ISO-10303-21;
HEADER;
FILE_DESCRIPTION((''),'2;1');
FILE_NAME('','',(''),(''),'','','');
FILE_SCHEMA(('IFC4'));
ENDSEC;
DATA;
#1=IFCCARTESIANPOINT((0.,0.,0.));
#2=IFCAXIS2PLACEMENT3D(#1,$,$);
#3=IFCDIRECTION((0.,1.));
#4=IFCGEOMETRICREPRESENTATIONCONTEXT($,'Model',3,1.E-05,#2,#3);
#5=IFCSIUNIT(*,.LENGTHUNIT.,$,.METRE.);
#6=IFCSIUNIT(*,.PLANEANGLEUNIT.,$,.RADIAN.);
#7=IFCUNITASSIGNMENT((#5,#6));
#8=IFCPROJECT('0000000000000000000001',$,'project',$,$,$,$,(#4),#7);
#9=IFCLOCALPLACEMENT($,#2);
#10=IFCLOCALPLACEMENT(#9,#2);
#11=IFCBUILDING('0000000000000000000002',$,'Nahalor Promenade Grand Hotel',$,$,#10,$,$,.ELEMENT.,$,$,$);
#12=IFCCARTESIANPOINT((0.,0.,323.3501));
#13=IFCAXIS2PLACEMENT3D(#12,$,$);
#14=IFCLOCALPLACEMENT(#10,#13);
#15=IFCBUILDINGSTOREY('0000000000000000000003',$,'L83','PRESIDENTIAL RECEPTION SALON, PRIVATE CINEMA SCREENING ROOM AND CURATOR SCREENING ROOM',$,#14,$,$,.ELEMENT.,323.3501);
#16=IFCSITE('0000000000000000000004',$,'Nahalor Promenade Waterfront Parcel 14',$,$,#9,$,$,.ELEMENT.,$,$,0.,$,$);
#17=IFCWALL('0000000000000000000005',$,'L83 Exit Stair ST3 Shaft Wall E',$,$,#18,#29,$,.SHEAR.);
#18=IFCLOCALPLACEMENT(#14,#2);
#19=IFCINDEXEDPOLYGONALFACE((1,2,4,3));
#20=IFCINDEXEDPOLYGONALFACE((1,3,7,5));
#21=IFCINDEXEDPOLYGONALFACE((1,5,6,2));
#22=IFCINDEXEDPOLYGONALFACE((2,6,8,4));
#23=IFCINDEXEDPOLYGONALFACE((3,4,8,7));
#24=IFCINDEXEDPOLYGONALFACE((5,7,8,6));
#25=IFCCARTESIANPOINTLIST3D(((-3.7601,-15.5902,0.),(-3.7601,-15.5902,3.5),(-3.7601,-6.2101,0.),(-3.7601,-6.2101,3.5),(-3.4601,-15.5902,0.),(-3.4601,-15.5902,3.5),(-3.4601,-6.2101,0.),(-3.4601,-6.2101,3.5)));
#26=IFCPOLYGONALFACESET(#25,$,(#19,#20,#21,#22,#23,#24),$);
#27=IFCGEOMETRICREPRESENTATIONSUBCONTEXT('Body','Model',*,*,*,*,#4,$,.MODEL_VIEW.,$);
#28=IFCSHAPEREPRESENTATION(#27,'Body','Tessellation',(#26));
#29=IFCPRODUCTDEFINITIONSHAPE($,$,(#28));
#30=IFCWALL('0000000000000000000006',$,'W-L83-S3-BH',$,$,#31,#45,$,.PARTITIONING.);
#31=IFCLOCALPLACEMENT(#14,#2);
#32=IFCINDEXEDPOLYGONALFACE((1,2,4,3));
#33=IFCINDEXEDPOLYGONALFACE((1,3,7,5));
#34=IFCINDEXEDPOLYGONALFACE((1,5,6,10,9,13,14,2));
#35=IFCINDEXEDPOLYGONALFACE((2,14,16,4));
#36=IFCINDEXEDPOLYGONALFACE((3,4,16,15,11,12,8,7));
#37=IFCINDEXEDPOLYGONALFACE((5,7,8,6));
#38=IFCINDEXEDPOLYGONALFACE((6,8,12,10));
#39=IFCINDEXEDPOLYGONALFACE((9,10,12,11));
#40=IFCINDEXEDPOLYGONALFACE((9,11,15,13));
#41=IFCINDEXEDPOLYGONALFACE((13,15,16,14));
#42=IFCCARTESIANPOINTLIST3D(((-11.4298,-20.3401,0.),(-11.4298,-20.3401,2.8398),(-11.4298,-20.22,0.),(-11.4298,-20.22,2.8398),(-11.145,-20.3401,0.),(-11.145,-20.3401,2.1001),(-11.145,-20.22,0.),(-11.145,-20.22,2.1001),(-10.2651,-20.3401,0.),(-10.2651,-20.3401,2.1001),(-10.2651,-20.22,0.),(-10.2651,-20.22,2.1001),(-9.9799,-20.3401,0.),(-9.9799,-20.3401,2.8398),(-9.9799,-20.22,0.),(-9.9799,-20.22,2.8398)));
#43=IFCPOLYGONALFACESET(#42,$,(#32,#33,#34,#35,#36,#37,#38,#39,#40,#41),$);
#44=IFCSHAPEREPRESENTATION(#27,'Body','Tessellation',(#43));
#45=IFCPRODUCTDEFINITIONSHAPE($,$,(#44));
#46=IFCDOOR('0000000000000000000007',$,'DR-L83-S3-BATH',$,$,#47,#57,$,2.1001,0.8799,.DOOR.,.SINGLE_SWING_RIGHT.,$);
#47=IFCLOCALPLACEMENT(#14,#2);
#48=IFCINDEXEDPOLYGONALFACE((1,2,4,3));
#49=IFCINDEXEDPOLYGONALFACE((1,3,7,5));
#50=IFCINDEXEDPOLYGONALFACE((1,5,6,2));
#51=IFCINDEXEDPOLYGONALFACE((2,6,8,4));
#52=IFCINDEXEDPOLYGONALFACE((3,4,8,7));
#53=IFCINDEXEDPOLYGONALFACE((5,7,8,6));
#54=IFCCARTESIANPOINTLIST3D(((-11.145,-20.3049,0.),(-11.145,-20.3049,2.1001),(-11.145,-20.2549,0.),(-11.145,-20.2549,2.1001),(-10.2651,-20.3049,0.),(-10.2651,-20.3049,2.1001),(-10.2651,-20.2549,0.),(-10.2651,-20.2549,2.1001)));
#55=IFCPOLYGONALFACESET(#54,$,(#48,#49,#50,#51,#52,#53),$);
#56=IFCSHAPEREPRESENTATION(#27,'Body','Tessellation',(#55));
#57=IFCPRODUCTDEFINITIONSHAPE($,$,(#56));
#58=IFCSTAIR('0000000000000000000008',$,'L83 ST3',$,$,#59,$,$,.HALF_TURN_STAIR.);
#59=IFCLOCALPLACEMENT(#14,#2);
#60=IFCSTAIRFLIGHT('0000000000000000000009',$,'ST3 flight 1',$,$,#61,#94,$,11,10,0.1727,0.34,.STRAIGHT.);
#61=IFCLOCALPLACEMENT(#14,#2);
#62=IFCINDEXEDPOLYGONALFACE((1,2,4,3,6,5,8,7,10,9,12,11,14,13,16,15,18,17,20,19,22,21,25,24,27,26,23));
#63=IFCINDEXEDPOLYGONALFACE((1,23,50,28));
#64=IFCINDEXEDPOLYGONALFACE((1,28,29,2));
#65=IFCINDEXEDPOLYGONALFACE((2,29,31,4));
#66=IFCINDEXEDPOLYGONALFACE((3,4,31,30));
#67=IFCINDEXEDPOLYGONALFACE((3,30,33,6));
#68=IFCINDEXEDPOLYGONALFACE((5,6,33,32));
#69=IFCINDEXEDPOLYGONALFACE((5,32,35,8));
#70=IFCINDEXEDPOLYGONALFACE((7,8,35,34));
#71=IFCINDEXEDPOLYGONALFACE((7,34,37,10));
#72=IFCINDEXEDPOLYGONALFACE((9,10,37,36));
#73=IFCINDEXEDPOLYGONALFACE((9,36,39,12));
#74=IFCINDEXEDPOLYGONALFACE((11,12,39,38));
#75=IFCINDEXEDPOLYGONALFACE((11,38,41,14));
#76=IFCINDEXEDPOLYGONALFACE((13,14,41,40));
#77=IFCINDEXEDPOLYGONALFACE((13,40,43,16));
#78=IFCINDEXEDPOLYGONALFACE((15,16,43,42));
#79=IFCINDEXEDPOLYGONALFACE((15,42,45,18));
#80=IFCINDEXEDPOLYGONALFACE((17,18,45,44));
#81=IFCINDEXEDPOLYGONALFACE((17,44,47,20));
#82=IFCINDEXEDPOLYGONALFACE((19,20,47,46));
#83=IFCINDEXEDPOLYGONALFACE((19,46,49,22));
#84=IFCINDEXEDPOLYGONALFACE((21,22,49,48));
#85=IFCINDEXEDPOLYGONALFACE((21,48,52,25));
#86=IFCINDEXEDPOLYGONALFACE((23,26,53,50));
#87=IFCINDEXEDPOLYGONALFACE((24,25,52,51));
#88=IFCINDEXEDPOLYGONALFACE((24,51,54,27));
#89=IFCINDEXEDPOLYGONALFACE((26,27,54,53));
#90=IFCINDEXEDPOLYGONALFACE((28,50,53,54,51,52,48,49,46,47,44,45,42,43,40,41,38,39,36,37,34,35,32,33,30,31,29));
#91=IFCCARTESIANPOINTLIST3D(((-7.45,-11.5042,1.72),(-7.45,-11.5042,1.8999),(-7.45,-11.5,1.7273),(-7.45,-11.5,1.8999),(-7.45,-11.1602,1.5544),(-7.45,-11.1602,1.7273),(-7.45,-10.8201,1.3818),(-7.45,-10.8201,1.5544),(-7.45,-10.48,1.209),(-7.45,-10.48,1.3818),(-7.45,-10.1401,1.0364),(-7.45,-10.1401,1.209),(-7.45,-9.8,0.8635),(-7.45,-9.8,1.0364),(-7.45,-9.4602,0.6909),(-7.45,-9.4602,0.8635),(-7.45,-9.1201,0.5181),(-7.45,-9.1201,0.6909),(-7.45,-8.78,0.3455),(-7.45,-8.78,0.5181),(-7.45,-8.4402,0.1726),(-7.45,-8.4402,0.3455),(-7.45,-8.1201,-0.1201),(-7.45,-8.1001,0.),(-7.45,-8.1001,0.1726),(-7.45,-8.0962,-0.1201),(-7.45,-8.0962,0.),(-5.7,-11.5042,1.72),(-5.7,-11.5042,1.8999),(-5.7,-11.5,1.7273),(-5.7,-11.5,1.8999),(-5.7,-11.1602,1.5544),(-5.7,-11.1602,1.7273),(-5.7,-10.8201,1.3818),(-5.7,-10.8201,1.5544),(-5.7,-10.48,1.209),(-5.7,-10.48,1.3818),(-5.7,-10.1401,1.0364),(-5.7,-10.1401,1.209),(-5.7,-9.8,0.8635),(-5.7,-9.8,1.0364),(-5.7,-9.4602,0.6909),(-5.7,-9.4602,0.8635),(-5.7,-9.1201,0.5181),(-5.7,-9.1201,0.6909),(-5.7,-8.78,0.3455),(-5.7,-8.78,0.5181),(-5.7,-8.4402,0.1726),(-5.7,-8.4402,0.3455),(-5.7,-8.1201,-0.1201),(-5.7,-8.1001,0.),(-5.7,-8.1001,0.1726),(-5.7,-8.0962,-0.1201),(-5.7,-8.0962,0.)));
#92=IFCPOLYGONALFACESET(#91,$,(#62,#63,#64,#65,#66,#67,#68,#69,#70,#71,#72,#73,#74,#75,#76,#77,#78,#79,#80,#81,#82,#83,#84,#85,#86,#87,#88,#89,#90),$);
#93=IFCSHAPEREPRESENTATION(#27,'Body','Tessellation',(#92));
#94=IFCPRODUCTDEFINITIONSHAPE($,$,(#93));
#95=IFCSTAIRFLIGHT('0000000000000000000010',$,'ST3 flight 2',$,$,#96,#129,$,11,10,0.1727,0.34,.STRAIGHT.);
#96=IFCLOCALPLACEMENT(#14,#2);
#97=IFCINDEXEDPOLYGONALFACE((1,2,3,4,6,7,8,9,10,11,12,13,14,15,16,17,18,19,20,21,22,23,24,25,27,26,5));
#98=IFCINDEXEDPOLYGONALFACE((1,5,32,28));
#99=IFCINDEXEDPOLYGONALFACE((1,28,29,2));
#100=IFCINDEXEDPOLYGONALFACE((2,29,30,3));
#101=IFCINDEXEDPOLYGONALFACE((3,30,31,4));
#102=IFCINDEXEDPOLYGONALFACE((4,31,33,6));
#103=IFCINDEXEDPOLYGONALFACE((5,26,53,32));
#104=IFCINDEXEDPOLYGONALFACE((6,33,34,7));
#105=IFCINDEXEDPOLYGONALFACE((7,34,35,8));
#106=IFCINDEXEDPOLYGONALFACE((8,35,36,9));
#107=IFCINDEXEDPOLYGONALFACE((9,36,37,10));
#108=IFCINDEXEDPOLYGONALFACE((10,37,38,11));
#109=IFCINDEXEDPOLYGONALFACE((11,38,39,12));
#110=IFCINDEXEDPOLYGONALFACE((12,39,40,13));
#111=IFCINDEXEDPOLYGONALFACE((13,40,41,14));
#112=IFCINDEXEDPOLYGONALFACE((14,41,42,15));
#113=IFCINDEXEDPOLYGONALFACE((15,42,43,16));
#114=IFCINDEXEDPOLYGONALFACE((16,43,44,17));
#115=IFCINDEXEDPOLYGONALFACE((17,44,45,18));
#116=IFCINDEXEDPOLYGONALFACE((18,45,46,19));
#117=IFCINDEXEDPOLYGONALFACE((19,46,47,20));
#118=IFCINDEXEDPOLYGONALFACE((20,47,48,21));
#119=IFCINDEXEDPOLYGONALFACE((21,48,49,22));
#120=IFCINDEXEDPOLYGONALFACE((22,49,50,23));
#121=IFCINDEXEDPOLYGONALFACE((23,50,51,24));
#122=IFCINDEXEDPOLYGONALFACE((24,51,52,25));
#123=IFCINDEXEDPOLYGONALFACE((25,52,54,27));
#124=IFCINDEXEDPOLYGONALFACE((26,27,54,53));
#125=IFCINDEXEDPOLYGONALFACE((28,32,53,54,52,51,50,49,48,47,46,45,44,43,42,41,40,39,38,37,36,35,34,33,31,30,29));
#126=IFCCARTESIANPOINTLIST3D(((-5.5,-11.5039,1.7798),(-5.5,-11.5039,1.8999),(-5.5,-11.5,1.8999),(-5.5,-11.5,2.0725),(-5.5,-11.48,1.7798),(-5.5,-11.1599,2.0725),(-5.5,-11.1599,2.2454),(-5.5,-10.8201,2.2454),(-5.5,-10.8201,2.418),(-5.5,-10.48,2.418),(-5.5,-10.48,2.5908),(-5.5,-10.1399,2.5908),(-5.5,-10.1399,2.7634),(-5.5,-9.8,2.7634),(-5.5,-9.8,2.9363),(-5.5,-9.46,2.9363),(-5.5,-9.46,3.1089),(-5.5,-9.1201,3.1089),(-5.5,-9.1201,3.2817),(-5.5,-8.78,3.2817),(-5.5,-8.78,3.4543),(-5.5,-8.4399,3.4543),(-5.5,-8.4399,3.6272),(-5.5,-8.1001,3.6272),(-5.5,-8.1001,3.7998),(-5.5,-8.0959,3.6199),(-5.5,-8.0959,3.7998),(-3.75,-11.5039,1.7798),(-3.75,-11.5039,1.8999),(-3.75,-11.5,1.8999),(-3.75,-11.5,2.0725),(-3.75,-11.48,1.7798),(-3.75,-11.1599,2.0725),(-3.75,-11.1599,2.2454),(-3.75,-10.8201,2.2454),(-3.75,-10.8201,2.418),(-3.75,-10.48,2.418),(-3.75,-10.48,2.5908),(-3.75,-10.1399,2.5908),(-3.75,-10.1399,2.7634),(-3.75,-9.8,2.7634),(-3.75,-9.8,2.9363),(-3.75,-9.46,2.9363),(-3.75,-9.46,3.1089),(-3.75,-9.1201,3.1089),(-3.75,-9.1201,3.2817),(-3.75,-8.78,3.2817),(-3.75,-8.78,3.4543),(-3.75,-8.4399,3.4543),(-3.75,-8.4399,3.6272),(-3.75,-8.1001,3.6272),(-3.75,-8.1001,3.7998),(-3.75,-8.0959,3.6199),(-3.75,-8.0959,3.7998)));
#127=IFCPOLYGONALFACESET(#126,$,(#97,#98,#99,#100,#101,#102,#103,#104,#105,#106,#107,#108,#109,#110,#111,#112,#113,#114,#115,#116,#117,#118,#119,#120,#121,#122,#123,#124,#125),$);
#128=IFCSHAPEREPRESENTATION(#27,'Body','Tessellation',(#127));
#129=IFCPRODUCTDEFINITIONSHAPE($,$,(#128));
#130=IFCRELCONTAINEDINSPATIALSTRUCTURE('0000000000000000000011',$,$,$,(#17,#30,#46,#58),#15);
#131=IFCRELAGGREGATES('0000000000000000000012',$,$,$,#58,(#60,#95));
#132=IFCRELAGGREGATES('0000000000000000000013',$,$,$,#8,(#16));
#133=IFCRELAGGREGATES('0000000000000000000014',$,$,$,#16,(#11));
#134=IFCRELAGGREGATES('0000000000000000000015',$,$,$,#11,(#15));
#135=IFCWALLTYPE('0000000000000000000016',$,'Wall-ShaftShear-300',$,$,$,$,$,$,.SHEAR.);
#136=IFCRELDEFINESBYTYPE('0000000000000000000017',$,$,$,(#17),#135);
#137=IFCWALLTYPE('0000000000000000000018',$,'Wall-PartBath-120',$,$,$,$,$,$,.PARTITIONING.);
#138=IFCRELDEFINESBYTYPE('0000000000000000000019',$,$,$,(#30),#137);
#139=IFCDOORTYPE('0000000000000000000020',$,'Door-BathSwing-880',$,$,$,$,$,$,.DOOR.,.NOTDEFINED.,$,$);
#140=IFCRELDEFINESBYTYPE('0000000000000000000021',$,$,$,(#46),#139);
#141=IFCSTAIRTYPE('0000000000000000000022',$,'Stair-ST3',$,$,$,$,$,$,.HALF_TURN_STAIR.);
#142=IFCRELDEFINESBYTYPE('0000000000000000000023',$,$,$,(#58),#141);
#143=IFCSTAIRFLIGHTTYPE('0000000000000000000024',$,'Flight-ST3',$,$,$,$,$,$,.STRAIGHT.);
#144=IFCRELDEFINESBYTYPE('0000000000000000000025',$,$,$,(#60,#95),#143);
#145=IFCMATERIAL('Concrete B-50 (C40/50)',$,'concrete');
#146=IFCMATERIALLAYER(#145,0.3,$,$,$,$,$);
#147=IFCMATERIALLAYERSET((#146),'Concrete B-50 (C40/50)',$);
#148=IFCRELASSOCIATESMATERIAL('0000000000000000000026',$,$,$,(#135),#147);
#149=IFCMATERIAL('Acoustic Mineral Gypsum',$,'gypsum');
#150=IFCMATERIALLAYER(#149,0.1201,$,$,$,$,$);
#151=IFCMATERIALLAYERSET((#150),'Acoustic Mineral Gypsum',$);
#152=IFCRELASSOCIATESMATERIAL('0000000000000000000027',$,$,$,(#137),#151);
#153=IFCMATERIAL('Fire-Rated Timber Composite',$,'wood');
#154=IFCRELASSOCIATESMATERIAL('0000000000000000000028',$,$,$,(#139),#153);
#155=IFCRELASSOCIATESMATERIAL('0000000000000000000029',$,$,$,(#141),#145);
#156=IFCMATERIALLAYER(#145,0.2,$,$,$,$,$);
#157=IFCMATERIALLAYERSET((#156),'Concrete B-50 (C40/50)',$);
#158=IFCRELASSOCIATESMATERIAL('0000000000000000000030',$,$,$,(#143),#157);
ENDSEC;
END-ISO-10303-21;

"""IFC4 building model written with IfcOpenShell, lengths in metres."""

from ifc_helpers import new_model, si_unit, direction, frame, frame_2d, origin, place, context, subcontext, project, spatial, polyline, rectangle, outline, extrude, source, transform, mapped, material, layer, layer_set, type_object, element, fill, aggregate, save


model = new_model("IFC4")

# Units and contexts
model_context = context("Model", 3, precision=1e-05, world=origin(), true_north=direction((0.0, 1.0)))
body_context = subcontext(model_context, "Body", "Model", "MODEL_VIEW")
ifc_project = project(units=[si_unit("LENGTHUNIT", "METRE"), si_unit("PLANEANGLEUNIT", "RADIAN")], contexts=[model_context])

# Site, building, storey
site_placement = place(None, origin())
site = spatial("IfcSite", under=ifc_project, at=site_placement, Name="Nahalor Promenade Waterfront Parcel 14", CompositionType="ELEMENT", RefElevation=0.0)
building_placement = place(site_placement, origin())
building = spatial("IfcBuilding", under=site, at=building_placement, Name="Nahalor Promenade Grand Hotel", CompositionType="ELEMENT")
storey_placement = place(building_placement, frame((0.0, 0.0, 323.3501)))
storey = spatial("IfcBuildingStorey", under=building, at=storey_placement, Name="L83", Description="PRESIDENTIAL RECEPTION SALON, PRIVATE CINEMA SCREENING ROOM AND CURATOR SCREENING ROOM", CompositionType="ELEMENT", Elevation=323.3501)

# Shared definitions
ifc_material_1 = material(Name="Concrete B-50 (C40/50)", Category="concrete")

# Shared definitions
ifc_layer_1 = layer(ifc_material_1, 0.3)
ifc_layer_set_1 = layer_set([ifc_layer_1], Name="Concrete B-50 (C40/50)")
wall_type_1 = type_object("IfcWallType", Name="Wall-ShaftShear-300", PredefinedType="SHEAR", material=ifc_layer_set_1)

# Wall
shared_shape_1 = source(origin(), body_context, "Body", "SweptSolid", [
    extrude(rectangle(XDim=9.3801, YDim=0.3, at=frame_2d((4.6899, 0.0))), origin(), (0.0, 0.0, 1.0), 3.5),
])
for number, where, z_axis, x_axis, name in (
    (1, (-3.6101, -15.5901, 0.0), (0.0, 0.0, 1.0), (0.0, 1.0, 0.0), "L83 Exit Stair ST3 Shaft Wall E"),
):
    element("IfcWall", number, at=place(storey_placement, frame(where, z_axis=z_axis, x_axis=x_axis)), inside=storey, type_object=wall_type_1, Name=name, PredefinedType="SHEAR", context=body_context, shape_type="MappedRepresentation", body=[
        mapped(shared_shape_1, transform((0.0, 0.0, 0.0), scale=1.0)),
    ])

# Wall, opening, door
ifc_material_2 = material(Name="Acoustic Mineral Gypsum", Category="gypsum")
ifc_layer_2 = layer(ifc_material_2, 0.1201)
ifc_layer_set_2 = layer_set([ifc_layer_2], Name="Acoustic Mineral Gypsum")
wall_type_2 = type_object("IfcWallType", Name="Wall-PartBath-120", PredefinedType="PARTITIONING", material=ifc_layer_set_2)
shared_shape_2 = source(origin(), body_context, "Body", "SweptSolid", [
    extrude(rectangle(XDim=1.45, YDim=0.1201, at=frame_2d((0.7251, 0.0))), origin(), (0.0, 0.0, 1.0), 2.8398),
])
wall_1_placement = place(storey_placement, frame((-11.4299, -20.28, 0.0), z_axis=(0.0, 0.0, 1.0), x_axis=(1.0, 0.0, 0.0)))
wall_1 = element("IfcWall", 2, at=wall_1_placement, inside=storey, type_object=wall_type_2, Name="W-L83-S3-BH", PredefinedType="PARTITIONING", context=body_context, shape_type="MappedRepresentation", body=[
    mapped(shared_shape_2, transform((0.0, 0.0, 0.0), scale=1.0)),
])
opening_1_placement = place(wall_1_placement, frame((0.2849, 0.0, 0.0)))
opening_1 = element("IfcOpeningElement", 3, at=opening_1_placement, cuts=wall_1, PredefinedType="OPENING", context=body_context, shape_type="SweptSolid", body=[
    extrude(rectangle(XDim=0.8799, YDim=2.1001, at=frame_2d((0.4399, 1.05))), frame((0.0, 0.0701, 0.0), z_axis=(0.0, -1.0, 0.0), x_axis=(1.0, 0.0, 0.0)), (0.0, 0.0, 1.0), 0.1401),
])
ifc_material_3 = material(Name="Fire-Rated Timber Composite", Category="wood")
door_type_1 = type_object("IfcDoorType", Name="Door-BathSwing-880", OperationType="NOTDEFINED", PredefinedType="DOOR", material=ifc_material_3)
shared_shape_3 = source(origin(), body_context, "Body", "SweptSolid", [
    extrude(rectangle(XDim=0.8799, YDim=2.1001, at=frame_2d((0.4399, 1.05))), frame((0.0, 0.0249, 0.0), z_axis=(0.0, -1.0, 0.0), x_axis=(1.0, 0.0, 0.0)), (0.0, 0.0, 1.0), 0.05),
])
door_1_placement = place(opening_1_placement, frame((0.8799, 0.0, 0.0), z_axis=(0.0, 0.0, 1.0), x_axis=(-1.0, 0.0, 0.0)))
door_1 = element("IfcDoor", 4, at=door_1_placement, inside=storey, type_object=door_type_1, Name="DR-L83-S3-BATH", OperationType="SINGLE_SWING_RIGHT", OverallHeight=2.1001, OverallWidth=0.8799, PredefinedType="DOOR", context=body_context, shape_type="MappedRepresentation", body=[
    mapped(shared_shape_3, transform((0.0, 0.0, 0.0), scale=1.0)),
])
fill(opening_1, door_1)

# Stair, stair flights
stair_type = type_object("IfcStairType", Name="Stair-ST3", PredefinedType="HALF_TURN_STAIR", material=ifc_material_1)
stair_placement = place(storey_placement, origin())
stair = element("IfcStair", 5, at=stair_placement, inside=storey, type_object=stair_type, Name="L83 ST3", PredefinedType="HALF_TURN_STAIR")
ifc_layer_3 = layer(ifc_material_1, 0.2)
ifc_layer_set_3 = layer_set([ifc_layer_3], Name="Concrete B-50 (C40/50)")
stair_flight_type = type_object("IfcStairFlightType", Name="Flight-ST3", PredefinedType="STRAIGHT", material=ifc_layer_set_3)
shared_shape_4 = source(origin(), body_context, "Body", "SweptSolid", [
    extrude(outline(polyline([(-0.0039, -0.1201), (-0.0039, 0.0), (0.0, 0.0), (0.0, 0.1726), (0.3401, 0.1726), (0.3401, 0.3455), (0.6799, 0.3455), (0.6799, 0.5181), (1.02, 0.5181), (1.02, 0.6909), (1.3601, 0.6909), (1.3601, 0.8635), (1.7, 0.8635), (1.7, 1.0364), (2.04, 1.0364), (2.04, 1.209), (2.3799, 1.209), (2.3799, 1.3818), (2.72, 1.3818), (2.72, 1.5544), (3.0601, 1.5544), (3.0601, 1.7273), (3.3999, 1.7273), (3.3999, 1.8999), (3.4041, 1.8999), (3.4041, 1.72), (0.02, -0.1201), (-0.0039, -0.1201)])), frame((0.0, 0.875, 0.0), z_axis=(0.0, -1.0, 0.0), x_axis=(1.0, 0.0, 0.0)), (0.0, 0.0, 1.0), 1.75),
])
stair_flight_1_placement = place(storey_placement, frame((-6.575, -8.1001, 0.0), z_axis=(0.0, 0.0, 1.0), x_axis=(0.0, -1.0, 0.0)))
stair_flight_1 = element("IfcStairFlight", 6, at=stair_flight_1_placement, type_object=stair_flight_type, Name="ST3 flight 1", NumberOfRisers=11, NumberOfTreads=10, PredefinedType="STRAIGHT", RiserHeight=0.1727, TreadLength=0.34, context=body_context, shape_type="MappedRepresentation", body=[
    mapped(shared_shape_4, transform((0.0, 0.0, 0.0), scale=1.0)),
])
stair_flight_2_placement = place(storey_placement, frame((-4.625, -11.5, 1.8999), z_axis=(0.0, 0.0, 1.0), x_axis=(0.0, 1.0, 0.0)))
stair_flight_2 = element("IfcStairFlight", 7, at=stair_flight_2_placement, type_object=stair_flight_type, Name="ST3 flight 2", NumberOfRisers=11, NumberOfTreads=10, PredefinedType="STRAIGHT", RiserHeight=0.1727, TreadLength=0.34, context=body_context, shape_type="MappedRepresentation", body=[
    mapped(shared_shape_4, transform((0.0, 0.0, 0.0), scale=1.0)),
])
aggregate(stair, [stair_flight_1, stair_flight_2])

save(model, "model.ifc")
